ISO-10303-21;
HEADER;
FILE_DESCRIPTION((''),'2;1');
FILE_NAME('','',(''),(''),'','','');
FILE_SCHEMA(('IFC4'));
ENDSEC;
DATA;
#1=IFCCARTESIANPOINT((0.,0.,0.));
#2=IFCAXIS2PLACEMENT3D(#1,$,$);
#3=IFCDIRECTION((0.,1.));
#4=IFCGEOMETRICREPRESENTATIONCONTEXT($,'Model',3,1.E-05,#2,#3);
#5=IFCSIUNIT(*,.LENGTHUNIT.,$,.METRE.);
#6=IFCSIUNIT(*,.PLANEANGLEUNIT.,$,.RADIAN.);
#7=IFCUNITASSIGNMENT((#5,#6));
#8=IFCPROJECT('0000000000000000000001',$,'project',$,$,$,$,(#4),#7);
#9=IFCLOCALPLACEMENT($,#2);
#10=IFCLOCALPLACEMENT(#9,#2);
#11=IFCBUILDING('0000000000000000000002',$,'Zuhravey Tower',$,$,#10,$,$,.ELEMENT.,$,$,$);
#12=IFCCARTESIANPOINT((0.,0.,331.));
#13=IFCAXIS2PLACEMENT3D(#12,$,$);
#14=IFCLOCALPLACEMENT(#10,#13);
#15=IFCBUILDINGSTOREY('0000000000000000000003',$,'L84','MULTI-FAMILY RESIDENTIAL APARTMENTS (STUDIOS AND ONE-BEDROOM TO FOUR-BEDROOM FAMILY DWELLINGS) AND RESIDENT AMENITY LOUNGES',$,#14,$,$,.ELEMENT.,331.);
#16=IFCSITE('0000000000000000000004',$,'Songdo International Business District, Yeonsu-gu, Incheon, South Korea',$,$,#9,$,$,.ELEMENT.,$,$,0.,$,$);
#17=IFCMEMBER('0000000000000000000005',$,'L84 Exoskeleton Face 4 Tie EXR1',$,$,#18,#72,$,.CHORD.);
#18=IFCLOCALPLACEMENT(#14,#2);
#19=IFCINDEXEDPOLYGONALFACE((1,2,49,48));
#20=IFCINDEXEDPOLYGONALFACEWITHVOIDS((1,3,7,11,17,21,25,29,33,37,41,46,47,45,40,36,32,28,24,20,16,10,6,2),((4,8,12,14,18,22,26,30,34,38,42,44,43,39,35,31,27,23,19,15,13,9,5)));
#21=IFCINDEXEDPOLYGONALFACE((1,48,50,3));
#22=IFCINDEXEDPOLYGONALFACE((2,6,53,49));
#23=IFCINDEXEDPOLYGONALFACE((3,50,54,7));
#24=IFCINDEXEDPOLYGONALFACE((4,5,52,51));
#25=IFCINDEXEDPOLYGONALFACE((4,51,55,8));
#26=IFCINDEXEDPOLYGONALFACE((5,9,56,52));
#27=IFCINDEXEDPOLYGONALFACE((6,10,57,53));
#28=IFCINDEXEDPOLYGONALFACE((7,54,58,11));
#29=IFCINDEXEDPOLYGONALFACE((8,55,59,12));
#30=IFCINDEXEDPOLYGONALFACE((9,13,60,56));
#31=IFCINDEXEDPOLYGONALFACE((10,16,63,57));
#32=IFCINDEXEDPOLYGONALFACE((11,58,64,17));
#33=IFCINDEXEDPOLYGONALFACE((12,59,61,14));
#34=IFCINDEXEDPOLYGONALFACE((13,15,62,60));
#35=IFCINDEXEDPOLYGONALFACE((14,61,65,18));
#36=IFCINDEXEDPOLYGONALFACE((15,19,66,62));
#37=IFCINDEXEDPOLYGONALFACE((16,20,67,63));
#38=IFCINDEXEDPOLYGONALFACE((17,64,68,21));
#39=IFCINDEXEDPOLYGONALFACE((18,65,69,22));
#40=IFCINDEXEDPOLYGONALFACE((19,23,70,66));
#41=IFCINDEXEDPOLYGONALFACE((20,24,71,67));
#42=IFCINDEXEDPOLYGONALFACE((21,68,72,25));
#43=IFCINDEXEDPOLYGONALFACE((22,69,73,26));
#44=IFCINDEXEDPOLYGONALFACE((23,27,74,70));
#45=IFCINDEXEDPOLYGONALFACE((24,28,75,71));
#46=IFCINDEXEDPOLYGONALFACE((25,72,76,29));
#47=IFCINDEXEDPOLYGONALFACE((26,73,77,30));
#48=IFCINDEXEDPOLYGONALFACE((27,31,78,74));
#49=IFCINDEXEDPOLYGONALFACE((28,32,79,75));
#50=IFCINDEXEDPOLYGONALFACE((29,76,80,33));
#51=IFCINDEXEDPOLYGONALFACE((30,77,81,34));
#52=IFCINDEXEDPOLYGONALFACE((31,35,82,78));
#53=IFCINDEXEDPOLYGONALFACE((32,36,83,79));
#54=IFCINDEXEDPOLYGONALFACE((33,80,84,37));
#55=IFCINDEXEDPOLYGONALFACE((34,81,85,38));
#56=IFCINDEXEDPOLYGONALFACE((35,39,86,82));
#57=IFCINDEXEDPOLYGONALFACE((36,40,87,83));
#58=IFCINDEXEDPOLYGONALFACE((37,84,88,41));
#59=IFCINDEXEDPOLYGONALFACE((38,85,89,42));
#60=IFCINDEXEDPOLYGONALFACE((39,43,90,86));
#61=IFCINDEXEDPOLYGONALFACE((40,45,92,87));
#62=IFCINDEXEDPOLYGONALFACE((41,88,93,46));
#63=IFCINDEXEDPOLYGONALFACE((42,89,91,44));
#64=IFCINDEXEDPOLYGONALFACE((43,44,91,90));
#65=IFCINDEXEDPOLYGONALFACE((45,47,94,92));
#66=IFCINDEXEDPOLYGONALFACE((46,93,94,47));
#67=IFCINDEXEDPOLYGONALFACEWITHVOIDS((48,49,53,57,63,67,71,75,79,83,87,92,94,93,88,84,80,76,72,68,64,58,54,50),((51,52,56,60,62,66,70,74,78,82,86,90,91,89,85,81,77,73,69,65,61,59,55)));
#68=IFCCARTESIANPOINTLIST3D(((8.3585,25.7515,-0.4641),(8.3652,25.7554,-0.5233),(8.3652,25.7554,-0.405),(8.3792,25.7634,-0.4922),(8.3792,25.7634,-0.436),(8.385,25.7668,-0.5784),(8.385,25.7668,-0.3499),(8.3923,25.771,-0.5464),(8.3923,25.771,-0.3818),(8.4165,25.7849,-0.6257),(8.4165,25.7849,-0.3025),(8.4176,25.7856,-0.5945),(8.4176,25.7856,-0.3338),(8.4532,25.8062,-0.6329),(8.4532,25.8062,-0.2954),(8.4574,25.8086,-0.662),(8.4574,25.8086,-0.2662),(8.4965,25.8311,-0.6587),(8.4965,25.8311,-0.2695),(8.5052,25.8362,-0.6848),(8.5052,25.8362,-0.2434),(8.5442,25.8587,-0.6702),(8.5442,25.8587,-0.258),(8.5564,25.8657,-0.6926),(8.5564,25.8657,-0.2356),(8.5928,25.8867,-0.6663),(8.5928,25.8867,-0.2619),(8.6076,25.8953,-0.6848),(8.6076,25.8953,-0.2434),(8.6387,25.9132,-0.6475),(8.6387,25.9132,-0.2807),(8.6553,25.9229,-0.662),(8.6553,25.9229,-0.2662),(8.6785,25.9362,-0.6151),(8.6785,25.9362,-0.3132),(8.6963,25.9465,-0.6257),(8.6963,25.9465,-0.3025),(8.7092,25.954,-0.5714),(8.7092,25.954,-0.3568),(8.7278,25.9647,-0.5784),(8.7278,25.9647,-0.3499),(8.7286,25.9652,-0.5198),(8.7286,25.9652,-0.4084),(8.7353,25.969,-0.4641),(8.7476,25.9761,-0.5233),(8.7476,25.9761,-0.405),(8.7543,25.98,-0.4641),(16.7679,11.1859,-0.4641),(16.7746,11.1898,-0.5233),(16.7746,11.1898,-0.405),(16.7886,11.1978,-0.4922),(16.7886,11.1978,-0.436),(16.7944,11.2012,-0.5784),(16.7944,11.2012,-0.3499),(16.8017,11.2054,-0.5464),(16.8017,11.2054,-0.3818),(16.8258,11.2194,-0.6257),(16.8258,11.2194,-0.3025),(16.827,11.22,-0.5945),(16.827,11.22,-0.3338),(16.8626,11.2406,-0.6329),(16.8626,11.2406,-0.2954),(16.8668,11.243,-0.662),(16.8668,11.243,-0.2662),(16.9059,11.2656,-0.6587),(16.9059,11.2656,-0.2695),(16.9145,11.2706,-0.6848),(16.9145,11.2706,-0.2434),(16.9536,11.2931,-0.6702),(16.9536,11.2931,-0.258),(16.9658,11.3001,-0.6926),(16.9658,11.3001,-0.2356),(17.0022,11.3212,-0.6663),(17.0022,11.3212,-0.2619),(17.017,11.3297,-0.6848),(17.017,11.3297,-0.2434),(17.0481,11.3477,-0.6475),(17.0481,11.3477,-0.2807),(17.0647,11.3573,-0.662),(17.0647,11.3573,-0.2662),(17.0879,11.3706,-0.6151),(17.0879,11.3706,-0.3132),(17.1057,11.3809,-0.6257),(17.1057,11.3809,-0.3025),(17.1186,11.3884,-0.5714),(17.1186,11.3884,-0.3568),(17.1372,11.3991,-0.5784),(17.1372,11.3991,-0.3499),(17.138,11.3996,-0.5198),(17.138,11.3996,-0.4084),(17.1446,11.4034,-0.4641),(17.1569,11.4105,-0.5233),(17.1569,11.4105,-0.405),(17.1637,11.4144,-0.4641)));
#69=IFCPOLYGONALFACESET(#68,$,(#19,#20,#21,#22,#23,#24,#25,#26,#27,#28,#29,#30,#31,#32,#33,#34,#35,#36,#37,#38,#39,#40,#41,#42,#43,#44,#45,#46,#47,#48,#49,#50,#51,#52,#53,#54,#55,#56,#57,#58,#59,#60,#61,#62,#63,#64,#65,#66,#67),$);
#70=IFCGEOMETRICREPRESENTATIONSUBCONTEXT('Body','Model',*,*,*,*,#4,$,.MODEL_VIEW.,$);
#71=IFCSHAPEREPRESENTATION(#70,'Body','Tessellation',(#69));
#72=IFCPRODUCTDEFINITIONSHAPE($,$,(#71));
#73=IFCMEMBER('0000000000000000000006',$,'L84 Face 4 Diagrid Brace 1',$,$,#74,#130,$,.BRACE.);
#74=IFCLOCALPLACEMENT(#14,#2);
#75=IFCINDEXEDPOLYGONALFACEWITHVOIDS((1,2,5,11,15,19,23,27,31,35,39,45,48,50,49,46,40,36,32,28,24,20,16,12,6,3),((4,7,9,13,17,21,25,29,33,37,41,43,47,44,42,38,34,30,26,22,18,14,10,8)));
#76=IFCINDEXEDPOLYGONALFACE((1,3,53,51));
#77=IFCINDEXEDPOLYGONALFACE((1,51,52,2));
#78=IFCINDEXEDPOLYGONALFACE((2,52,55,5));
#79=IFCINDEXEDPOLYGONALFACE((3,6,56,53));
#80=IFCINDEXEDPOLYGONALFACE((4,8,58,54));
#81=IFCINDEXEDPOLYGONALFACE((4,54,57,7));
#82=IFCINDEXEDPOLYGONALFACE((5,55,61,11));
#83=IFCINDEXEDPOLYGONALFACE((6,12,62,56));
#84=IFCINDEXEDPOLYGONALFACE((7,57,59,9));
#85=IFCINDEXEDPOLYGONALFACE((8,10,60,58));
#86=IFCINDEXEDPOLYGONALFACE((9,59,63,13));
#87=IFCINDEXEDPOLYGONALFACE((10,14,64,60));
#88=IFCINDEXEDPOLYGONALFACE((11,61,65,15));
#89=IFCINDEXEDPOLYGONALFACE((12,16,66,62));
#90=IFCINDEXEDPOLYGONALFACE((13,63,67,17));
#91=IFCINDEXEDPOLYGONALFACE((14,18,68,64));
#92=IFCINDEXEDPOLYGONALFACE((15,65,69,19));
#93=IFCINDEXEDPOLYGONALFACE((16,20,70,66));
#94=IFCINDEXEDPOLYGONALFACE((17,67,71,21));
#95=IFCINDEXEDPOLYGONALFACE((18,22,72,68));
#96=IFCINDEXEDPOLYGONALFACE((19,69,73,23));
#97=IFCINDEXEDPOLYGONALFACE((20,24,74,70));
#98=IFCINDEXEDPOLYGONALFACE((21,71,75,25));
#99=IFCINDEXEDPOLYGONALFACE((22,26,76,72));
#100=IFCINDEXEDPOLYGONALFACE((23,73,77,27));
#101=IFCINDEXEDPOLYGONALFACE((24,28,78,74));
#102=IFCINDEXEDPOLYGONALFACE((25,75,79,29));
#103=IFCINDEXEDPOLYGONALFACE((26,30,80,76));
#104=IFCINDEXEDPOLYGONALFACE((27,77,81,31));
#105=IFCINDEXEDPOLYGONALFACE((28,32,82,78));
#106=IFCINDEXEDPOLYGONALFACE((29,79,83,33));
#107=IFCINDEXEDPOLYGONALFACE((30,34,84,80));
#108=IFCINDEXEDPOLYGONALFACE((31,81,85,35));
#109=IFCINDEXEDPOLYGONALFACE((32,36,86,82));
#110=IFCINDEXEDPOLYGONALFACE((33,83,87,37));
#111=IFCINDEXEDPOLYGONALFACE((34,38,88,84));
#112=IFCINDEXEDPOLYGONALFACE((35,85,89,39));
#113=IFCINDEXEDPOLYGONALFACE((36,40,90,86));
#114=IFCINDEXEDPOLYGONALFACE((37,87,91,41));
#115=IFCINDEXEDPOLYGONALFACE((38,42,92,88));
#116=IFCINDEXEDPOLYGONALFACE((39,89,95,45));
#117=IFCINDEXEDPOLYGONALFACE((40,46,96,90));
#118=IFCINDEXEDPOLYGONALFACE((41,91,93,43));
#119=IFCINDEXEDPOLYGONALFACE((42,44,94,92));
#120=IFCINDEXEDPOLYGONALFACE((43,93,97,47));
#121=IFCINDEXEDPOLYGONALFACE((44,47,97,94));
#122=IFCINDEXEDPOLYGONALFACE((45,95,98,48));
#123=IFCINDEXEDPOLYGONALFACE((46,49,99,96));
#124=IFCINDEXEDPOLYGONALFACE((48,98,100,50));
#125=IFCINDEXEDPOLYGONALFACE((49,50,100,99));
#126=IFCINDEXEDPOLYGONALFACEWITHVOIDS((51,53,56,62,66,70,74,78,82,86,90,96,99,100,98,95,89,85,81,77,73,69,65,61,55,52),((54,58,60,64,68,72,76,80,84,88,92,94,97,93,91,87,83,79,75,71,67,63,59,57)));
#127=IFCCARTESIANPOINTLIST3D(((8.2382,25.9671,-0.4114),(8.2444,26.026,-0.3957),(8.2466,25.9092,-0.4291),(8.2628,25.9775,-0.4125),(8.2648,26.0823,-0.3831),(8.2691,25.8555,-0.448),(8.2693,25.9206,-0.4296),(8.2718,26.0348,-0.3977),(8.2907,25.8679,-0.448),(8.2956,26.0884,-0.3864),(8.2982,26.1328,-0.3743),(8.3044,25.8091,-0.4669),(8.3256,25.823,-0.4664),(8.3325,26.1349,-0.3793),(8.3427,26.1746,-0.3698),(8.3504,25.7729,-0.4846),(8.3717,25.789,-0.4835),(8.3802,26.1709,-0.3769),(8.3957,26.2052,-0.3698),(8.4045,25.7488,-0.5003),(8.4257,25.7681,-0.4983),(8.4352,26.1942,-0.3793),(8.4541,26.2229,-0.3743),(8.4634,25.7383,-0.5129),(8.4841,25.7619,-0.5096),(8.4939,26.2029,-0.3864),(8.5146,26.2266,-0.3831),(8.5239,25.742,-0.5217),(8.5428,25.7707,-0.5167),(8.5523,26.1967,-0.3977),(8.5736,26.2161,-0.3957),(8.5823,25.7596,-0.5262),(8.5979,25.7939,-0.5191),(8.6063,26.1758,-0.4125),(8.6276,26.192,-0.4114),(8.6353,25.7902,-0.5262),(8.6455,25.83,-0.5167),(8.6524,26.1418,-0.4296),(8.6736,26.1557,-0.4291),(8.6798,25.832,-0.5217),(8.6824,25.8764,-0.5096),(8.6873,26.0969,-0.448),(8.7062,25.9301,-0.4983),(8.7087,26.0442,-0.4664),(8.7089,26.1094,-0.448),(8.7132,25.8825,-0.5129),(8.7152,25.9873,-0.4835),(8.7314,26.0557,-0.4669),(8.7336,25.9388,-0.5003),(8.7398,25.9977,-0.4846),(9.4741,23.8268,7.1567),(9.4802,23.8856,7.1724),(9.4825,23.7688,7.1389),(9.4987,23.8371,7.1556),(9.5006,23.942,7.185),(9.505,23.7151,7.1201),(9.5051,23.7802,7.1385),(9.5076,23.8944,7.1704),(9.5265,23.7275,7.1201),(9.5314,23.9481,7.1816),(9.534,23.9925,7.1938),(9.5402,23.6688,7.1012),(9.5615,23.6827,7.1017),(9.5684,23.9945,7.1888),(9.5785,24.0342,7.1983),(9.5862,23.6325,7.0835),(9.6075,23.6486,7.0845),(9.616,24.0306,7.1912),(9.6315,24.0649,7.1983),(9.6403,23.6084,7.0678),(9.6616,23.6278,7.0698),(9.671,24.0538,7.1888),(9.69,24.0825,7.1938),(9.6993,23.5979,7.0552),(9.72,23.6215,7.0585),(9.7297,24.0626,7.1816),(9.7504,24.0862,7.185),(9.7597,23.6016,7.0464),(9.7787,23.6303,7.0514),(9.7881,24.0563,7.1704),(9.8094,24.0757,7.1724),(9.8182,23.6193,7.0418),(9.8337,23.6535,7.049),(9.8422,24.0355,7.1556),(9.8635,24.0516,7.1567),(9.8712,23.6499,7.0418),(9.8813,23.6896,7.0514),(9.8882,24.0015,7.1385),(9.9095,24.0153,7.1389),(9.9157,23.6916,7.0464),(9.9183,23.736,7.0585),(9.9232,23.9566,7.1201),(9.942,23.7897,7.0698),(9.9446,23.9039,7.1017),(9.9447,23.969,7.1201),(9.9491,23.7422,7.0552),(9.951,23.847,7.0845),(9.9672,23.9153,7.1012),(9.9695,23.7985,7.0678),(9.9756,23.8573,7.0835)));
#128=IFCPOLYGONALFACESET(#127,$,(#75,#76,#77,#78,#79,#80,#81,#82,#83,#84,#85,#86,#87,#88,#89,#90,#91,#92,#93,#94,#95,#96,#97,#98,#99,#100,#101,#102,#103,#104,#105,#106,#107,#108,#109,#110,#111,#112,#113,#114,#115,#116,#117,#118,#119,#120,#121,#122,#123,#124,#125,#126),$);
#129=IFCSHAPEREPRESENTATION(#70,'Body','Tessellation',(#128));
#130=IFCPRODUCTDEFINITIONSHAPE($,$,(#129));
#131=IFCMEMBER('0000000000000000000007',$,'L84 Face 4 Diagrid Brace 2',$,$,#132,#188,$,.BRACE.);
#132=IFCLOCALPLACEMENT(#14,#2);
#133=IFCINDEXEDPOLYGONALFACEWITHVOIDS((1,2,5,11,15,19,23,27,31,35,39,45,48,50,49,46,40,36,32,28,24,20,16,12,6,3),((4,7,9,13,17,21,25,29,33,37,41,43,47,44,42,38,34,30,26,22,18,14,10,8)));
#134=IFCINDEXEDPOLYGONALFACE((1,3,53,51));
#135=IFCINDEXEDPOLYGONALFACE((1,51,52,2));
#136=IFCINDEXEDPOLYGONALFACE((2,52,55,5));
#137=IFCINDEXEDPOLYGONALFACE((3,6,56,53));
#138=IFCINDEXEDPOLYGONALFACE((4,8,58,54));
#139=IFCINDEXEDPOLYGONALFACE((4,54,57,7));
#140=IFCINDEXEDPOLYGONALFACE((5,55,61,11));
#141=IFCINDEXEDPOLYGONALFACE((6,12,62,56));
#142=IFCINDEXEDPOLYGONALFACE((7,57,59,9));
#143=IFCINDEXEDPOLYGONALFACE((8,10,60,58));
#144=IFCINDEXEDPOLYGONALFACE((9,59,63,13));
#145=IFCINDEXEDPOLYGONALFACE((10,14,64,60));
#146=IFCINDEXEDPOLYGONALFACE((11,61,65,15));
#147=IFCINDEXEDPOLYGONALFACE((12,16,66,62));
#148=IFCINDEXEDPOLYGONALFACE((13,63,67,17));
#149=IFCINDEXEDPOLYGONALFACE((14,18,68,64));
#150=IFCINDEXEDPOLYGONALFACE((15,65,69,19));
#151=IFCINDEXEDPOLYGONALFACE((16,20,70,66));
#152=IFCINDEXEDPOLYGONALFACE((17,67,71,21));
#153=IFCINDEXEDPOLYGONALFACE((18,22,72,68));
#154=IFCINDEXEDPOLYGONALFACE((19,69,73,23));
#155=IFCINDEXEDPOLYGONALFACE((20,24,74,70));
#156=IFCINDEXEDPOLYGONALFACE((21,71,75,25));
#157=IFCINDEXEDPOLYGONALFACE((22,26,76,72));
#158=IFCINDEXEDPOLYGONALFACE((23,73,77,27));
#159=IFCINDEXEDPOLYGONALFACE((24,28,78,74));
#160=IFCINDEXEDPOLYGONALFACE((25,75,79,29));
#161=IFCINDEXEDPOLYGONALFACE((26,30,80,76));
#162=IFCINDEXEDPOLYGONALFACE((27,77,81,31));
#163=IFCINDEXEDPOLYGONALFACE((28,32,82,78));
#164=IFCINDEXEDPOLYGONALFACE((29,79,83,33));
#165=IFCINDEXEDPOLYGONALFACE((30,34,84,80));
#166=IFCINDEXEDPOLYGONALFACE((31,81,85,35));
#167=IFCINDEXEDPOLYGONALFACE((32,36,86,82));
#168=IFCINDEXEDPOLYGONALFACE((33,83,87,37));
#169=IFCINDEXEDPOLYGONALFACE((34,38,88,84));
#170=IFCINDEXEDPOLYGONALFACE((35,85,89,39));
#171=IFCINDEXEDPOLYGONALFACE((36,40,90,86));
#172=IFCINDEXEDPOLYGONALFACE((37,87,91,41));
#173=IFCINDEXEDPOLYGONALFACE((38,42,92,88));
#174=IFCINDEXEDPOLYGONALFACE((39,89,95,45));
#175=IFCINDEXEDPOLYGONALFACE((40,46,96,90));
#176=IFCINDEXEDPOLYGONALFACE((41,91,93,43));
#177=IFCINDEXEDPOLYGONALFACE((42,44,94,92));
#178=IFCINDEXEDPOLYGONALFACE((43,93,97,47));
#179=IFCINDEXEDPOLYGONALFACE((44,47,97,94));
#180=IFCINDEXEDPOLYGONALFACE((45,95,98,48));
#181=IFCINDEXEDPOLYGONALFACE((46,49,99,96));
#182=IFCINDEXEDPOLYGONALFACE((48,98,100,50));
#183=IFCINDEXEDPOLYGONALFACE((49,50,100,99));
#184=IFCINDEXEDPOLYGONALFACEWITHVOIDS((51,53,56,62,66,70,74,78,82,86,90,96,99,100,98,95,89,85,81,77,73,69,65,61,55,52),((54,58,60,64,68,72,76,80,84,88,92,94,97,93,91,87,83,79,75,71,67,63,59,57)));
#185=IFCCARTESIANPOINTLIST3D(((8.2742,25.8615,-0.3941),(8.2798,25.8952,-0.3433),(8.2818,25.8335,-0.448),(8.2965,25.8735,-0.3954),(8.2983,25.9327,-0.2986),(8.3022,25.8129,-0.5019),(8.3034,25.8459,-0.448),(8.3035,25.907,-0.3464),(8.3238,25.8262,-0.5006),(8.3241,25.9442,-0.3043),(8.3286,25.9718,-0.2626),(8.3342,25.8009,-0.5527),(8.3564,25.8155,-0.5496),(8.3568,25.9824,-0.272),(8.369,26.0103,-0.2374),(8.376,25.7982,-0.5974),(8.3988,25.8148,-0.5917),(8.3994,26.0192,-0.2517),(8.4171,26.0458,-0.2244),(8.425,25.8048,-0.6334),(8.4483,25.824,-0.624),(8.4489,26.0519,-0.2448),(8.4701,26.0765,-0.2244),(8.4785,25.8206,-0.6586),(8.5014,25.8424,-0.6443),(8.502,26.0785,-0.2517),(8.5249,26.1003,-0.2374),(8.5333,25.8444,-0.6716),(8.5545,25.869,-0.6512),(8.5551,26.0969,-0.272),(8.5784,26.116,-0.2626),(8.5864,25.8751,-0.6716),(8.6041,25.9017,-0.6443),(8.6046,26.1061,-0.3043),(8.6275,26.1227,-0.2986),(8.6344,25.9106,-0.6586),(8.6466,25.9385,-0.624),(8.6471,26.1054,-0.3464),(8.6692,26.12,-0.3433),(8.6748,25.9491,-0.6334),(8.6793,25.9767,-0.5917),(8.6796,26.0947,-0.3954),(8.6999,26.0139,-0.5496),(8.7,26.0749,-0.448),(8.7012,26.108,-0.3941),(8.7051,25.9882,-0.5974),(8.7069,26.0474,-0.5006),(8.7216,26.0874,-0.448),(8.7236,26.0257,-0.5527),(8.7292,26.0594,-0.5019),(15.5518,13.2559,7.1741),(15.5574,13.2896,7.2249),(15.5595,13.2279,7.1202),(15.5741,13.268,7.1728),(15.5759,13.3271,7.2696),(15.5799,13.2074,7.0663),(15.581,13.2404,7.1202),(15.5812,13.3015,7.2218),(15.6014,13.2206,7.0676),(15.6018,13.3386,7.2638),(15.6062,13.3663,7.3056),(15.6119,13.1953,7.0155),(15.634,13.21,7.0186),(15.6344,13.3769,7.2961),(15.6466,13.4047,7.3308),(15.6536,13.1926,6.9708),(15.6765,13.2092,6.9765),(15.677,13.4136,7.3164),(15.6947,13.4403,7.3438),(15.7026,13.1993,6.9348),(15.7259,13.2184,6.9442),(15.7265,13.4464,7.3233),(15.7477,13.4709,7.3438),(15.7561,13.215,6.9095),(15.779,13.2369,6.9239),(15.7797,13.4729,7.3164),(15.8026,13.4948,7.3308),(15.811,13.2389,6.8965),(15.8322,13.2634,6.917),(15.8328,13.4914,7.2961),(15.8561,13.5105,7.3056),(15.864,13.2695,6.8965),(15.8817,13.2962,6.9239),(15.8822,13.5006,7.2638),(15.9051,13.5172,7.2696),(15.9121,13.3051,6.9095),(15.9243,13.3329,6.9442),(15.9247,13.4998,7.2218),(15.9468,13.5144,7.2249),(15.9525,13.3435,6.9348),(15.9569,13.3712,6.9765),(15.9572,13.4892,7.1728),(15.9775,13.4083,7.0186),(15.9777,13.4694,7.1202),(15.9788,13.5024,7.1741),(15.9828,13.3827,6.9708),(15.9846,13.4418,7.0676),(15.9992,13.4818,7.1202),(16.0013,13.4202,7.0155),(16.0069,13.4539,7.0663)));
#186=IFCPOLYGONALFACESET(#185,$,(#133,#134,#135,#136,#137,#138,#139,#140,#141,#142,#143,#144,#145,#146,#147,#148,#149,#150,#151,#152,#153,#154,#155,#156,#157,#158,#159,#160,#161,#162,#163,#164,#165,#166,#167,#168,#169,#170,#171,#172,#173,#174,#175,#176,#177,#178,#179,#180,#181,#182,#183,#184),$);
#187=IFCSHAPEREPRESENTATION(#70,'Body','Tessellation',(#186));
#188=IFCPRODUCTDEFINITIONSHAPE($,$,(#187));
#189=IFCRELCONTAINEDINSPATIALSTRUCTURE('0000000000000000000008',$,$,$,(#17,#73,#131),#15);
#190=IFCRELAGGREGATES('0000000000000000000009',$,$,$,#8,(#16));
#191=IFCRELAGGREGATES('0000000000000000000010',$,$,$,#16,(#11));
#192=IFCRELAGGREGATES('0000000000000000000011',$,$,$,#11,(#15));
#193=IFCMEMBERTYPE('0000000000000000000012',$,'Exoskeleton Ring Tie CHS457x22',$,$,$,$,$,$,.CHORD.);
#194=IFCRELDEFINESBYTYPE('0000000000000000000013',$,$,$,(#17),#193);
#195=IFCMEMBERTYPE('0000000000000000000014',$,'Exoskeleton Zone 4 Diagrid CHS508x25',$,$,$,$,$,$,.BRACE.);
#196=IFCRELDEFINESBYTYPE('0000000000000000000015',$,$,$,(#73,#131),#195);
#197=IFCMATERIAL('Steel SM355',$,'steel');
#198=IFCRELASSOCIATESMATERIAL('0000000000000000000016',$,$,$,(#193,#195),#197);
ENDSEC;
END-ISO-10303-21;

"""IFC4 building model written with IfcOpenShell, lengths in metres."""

from ifc_helpers import new_model, si_unit, direction, frame, origin, origin_2d, place, context, subcontext, project, spatial, hollow_circle, extrude, material, material_profile, profile_set, type_object, element, save


model = new_model("IFC4")

# Units and contexts
model_context = context("Model", 3, precision=1e-05, world=origin(), true_north=direction((0.0, 1.0)))
body_context = subcontext(model_context, "Body", "Model", "MODEL_VIEW")
ifc_project = project(units=[si_unit("LENGTHUNIT", "METRE"), si_unit("PLANEANGLEUNIT", "RADIAN")], contexts=[model_context])

# Site, building, storey
site_placement = place(None, origin())
site = spatial("IfcSite", under=ifc_project, at=site_placement, Name="Songdo International Business District, Yeonsu-gu, Incheon, South Korea", CompositionType="ELEMENT", RefElevation=0.0)
building_placement = place(site_placement, origin())
building = spatial("IfcBuilding", under=site, at=building_placement, Name="Zuhravey Tower", CompositionType="ELEMENT")
storey_placement = place(building_placement, frame((0.0, 0.0, 331.0)))
storey = spatial("IfcBuildingStorey", under=building, at=storey_placement, Name="L84", Description="MULTI-FAMILY RESIDENTIAL APARTMENTS (STUDIOS AND ONE-BEDROOM TO FOUR-BEDROOM FAMILY DWELLINGS) AND RESIDENT AMENITY LOUNGES", CompositionType="ELEMENT", Elevation=331.0)

# Members
ifc_material_1 = material(Name="Steel SM355", Category="steel")
ifc_material_profile_1 = material_profile(ifc_material_1, hollow_circle(Radius=0.2285, WallThickness=0.022, at=origin_2d()), Name="CHS-457.2x22")
ifc_profile_set_1 = profile_set([ifc_material_profile_1], Name="Steel SM355")
member_type_1 = type_object("IfcMemberType", Name="Exoskeleton Ring Tie CHS457x22", PredefinedType="CHORD", material=ifc_profile_set_1)
member_1_placement = place(storey_placement, frame((8.5564, 25.8657, -0.4641), z_axis=(0.499997, -0.866027, 0.0), x_axis=(0.866027, 0.499997, 0.0)))
element("IfcMember", 1, at=member_1_placement, inside=storey, type_object=member_type_1, Name="L84 Exoskeleton Face 4 Tie EXR1", PredefinedType="CHORD", context=body_context, shape_type="SweptSolid", body=[
    extrude(hollow_circle(Radius=0.2285, WallThickness=0.022, at=origin_2d()), origin(), (0.0, 0.0, 1.0), 16.8188),
])
ifc_material_profile_2 = material_profile(ifc_material_1, hollow_circle(Radius=0.2539, WallThickness=0.0249, at=origin_2d()), Name="CHS-508.0x25")
ifc_profile_set_2 = profile_set([ifc_material_profile_2], Name="Steel SM355")
member_type_2 = type_object("IfcMemberType", Name="Exoskeleton Zone 4 Diagrid CHS508x25", PredefinedType="BRACE", material=ifc_profile_set_2)
member_2_placement = place(storey_placement, frame((8.489, 25.9824, -0.448), z_axis=(0.155228, -0.268843, 0.950593), x_axis=(0.86601, 0.500027, 0.0)))
element("IfcMember", 2, at=member_2_placement, inside=storey, type_object=member_type_2, Name="L84 Face 4 Diagrid Brace 1", PredefinedType="BRACE", context=body_context, shape_type="SweptSolid", body=[
    extrude(hollow_circle(Radius=0.2539, WallThickness=0.0249, at=origin_2d()), origin(), (0.0, 0.0, 1.0), 7.9614),
])
member_3_placement = place(storey_placement, frame((8.5017, 25.9604, -0.448), z_axis=(0.443609, -0.768373, 0.461318), x_axis=(0.866031, 0.499991, 0.0)))
element("IfcMember", 3, at=member_3_placement, inside=storey, type_object=member_type_2, Name="L84 Face 4 Diagrid Brace 2", PredefinedType="BRACE", context=body_context, shape_type="SweptSolid", body=[
    extrude(hollow_circle(Radius=0.2539, WallThickness=0.0249, at=origin_2d()), origin(), (0.0, 0.0, 1.0), 16.4055),
])

save(model, "model.ifc")
